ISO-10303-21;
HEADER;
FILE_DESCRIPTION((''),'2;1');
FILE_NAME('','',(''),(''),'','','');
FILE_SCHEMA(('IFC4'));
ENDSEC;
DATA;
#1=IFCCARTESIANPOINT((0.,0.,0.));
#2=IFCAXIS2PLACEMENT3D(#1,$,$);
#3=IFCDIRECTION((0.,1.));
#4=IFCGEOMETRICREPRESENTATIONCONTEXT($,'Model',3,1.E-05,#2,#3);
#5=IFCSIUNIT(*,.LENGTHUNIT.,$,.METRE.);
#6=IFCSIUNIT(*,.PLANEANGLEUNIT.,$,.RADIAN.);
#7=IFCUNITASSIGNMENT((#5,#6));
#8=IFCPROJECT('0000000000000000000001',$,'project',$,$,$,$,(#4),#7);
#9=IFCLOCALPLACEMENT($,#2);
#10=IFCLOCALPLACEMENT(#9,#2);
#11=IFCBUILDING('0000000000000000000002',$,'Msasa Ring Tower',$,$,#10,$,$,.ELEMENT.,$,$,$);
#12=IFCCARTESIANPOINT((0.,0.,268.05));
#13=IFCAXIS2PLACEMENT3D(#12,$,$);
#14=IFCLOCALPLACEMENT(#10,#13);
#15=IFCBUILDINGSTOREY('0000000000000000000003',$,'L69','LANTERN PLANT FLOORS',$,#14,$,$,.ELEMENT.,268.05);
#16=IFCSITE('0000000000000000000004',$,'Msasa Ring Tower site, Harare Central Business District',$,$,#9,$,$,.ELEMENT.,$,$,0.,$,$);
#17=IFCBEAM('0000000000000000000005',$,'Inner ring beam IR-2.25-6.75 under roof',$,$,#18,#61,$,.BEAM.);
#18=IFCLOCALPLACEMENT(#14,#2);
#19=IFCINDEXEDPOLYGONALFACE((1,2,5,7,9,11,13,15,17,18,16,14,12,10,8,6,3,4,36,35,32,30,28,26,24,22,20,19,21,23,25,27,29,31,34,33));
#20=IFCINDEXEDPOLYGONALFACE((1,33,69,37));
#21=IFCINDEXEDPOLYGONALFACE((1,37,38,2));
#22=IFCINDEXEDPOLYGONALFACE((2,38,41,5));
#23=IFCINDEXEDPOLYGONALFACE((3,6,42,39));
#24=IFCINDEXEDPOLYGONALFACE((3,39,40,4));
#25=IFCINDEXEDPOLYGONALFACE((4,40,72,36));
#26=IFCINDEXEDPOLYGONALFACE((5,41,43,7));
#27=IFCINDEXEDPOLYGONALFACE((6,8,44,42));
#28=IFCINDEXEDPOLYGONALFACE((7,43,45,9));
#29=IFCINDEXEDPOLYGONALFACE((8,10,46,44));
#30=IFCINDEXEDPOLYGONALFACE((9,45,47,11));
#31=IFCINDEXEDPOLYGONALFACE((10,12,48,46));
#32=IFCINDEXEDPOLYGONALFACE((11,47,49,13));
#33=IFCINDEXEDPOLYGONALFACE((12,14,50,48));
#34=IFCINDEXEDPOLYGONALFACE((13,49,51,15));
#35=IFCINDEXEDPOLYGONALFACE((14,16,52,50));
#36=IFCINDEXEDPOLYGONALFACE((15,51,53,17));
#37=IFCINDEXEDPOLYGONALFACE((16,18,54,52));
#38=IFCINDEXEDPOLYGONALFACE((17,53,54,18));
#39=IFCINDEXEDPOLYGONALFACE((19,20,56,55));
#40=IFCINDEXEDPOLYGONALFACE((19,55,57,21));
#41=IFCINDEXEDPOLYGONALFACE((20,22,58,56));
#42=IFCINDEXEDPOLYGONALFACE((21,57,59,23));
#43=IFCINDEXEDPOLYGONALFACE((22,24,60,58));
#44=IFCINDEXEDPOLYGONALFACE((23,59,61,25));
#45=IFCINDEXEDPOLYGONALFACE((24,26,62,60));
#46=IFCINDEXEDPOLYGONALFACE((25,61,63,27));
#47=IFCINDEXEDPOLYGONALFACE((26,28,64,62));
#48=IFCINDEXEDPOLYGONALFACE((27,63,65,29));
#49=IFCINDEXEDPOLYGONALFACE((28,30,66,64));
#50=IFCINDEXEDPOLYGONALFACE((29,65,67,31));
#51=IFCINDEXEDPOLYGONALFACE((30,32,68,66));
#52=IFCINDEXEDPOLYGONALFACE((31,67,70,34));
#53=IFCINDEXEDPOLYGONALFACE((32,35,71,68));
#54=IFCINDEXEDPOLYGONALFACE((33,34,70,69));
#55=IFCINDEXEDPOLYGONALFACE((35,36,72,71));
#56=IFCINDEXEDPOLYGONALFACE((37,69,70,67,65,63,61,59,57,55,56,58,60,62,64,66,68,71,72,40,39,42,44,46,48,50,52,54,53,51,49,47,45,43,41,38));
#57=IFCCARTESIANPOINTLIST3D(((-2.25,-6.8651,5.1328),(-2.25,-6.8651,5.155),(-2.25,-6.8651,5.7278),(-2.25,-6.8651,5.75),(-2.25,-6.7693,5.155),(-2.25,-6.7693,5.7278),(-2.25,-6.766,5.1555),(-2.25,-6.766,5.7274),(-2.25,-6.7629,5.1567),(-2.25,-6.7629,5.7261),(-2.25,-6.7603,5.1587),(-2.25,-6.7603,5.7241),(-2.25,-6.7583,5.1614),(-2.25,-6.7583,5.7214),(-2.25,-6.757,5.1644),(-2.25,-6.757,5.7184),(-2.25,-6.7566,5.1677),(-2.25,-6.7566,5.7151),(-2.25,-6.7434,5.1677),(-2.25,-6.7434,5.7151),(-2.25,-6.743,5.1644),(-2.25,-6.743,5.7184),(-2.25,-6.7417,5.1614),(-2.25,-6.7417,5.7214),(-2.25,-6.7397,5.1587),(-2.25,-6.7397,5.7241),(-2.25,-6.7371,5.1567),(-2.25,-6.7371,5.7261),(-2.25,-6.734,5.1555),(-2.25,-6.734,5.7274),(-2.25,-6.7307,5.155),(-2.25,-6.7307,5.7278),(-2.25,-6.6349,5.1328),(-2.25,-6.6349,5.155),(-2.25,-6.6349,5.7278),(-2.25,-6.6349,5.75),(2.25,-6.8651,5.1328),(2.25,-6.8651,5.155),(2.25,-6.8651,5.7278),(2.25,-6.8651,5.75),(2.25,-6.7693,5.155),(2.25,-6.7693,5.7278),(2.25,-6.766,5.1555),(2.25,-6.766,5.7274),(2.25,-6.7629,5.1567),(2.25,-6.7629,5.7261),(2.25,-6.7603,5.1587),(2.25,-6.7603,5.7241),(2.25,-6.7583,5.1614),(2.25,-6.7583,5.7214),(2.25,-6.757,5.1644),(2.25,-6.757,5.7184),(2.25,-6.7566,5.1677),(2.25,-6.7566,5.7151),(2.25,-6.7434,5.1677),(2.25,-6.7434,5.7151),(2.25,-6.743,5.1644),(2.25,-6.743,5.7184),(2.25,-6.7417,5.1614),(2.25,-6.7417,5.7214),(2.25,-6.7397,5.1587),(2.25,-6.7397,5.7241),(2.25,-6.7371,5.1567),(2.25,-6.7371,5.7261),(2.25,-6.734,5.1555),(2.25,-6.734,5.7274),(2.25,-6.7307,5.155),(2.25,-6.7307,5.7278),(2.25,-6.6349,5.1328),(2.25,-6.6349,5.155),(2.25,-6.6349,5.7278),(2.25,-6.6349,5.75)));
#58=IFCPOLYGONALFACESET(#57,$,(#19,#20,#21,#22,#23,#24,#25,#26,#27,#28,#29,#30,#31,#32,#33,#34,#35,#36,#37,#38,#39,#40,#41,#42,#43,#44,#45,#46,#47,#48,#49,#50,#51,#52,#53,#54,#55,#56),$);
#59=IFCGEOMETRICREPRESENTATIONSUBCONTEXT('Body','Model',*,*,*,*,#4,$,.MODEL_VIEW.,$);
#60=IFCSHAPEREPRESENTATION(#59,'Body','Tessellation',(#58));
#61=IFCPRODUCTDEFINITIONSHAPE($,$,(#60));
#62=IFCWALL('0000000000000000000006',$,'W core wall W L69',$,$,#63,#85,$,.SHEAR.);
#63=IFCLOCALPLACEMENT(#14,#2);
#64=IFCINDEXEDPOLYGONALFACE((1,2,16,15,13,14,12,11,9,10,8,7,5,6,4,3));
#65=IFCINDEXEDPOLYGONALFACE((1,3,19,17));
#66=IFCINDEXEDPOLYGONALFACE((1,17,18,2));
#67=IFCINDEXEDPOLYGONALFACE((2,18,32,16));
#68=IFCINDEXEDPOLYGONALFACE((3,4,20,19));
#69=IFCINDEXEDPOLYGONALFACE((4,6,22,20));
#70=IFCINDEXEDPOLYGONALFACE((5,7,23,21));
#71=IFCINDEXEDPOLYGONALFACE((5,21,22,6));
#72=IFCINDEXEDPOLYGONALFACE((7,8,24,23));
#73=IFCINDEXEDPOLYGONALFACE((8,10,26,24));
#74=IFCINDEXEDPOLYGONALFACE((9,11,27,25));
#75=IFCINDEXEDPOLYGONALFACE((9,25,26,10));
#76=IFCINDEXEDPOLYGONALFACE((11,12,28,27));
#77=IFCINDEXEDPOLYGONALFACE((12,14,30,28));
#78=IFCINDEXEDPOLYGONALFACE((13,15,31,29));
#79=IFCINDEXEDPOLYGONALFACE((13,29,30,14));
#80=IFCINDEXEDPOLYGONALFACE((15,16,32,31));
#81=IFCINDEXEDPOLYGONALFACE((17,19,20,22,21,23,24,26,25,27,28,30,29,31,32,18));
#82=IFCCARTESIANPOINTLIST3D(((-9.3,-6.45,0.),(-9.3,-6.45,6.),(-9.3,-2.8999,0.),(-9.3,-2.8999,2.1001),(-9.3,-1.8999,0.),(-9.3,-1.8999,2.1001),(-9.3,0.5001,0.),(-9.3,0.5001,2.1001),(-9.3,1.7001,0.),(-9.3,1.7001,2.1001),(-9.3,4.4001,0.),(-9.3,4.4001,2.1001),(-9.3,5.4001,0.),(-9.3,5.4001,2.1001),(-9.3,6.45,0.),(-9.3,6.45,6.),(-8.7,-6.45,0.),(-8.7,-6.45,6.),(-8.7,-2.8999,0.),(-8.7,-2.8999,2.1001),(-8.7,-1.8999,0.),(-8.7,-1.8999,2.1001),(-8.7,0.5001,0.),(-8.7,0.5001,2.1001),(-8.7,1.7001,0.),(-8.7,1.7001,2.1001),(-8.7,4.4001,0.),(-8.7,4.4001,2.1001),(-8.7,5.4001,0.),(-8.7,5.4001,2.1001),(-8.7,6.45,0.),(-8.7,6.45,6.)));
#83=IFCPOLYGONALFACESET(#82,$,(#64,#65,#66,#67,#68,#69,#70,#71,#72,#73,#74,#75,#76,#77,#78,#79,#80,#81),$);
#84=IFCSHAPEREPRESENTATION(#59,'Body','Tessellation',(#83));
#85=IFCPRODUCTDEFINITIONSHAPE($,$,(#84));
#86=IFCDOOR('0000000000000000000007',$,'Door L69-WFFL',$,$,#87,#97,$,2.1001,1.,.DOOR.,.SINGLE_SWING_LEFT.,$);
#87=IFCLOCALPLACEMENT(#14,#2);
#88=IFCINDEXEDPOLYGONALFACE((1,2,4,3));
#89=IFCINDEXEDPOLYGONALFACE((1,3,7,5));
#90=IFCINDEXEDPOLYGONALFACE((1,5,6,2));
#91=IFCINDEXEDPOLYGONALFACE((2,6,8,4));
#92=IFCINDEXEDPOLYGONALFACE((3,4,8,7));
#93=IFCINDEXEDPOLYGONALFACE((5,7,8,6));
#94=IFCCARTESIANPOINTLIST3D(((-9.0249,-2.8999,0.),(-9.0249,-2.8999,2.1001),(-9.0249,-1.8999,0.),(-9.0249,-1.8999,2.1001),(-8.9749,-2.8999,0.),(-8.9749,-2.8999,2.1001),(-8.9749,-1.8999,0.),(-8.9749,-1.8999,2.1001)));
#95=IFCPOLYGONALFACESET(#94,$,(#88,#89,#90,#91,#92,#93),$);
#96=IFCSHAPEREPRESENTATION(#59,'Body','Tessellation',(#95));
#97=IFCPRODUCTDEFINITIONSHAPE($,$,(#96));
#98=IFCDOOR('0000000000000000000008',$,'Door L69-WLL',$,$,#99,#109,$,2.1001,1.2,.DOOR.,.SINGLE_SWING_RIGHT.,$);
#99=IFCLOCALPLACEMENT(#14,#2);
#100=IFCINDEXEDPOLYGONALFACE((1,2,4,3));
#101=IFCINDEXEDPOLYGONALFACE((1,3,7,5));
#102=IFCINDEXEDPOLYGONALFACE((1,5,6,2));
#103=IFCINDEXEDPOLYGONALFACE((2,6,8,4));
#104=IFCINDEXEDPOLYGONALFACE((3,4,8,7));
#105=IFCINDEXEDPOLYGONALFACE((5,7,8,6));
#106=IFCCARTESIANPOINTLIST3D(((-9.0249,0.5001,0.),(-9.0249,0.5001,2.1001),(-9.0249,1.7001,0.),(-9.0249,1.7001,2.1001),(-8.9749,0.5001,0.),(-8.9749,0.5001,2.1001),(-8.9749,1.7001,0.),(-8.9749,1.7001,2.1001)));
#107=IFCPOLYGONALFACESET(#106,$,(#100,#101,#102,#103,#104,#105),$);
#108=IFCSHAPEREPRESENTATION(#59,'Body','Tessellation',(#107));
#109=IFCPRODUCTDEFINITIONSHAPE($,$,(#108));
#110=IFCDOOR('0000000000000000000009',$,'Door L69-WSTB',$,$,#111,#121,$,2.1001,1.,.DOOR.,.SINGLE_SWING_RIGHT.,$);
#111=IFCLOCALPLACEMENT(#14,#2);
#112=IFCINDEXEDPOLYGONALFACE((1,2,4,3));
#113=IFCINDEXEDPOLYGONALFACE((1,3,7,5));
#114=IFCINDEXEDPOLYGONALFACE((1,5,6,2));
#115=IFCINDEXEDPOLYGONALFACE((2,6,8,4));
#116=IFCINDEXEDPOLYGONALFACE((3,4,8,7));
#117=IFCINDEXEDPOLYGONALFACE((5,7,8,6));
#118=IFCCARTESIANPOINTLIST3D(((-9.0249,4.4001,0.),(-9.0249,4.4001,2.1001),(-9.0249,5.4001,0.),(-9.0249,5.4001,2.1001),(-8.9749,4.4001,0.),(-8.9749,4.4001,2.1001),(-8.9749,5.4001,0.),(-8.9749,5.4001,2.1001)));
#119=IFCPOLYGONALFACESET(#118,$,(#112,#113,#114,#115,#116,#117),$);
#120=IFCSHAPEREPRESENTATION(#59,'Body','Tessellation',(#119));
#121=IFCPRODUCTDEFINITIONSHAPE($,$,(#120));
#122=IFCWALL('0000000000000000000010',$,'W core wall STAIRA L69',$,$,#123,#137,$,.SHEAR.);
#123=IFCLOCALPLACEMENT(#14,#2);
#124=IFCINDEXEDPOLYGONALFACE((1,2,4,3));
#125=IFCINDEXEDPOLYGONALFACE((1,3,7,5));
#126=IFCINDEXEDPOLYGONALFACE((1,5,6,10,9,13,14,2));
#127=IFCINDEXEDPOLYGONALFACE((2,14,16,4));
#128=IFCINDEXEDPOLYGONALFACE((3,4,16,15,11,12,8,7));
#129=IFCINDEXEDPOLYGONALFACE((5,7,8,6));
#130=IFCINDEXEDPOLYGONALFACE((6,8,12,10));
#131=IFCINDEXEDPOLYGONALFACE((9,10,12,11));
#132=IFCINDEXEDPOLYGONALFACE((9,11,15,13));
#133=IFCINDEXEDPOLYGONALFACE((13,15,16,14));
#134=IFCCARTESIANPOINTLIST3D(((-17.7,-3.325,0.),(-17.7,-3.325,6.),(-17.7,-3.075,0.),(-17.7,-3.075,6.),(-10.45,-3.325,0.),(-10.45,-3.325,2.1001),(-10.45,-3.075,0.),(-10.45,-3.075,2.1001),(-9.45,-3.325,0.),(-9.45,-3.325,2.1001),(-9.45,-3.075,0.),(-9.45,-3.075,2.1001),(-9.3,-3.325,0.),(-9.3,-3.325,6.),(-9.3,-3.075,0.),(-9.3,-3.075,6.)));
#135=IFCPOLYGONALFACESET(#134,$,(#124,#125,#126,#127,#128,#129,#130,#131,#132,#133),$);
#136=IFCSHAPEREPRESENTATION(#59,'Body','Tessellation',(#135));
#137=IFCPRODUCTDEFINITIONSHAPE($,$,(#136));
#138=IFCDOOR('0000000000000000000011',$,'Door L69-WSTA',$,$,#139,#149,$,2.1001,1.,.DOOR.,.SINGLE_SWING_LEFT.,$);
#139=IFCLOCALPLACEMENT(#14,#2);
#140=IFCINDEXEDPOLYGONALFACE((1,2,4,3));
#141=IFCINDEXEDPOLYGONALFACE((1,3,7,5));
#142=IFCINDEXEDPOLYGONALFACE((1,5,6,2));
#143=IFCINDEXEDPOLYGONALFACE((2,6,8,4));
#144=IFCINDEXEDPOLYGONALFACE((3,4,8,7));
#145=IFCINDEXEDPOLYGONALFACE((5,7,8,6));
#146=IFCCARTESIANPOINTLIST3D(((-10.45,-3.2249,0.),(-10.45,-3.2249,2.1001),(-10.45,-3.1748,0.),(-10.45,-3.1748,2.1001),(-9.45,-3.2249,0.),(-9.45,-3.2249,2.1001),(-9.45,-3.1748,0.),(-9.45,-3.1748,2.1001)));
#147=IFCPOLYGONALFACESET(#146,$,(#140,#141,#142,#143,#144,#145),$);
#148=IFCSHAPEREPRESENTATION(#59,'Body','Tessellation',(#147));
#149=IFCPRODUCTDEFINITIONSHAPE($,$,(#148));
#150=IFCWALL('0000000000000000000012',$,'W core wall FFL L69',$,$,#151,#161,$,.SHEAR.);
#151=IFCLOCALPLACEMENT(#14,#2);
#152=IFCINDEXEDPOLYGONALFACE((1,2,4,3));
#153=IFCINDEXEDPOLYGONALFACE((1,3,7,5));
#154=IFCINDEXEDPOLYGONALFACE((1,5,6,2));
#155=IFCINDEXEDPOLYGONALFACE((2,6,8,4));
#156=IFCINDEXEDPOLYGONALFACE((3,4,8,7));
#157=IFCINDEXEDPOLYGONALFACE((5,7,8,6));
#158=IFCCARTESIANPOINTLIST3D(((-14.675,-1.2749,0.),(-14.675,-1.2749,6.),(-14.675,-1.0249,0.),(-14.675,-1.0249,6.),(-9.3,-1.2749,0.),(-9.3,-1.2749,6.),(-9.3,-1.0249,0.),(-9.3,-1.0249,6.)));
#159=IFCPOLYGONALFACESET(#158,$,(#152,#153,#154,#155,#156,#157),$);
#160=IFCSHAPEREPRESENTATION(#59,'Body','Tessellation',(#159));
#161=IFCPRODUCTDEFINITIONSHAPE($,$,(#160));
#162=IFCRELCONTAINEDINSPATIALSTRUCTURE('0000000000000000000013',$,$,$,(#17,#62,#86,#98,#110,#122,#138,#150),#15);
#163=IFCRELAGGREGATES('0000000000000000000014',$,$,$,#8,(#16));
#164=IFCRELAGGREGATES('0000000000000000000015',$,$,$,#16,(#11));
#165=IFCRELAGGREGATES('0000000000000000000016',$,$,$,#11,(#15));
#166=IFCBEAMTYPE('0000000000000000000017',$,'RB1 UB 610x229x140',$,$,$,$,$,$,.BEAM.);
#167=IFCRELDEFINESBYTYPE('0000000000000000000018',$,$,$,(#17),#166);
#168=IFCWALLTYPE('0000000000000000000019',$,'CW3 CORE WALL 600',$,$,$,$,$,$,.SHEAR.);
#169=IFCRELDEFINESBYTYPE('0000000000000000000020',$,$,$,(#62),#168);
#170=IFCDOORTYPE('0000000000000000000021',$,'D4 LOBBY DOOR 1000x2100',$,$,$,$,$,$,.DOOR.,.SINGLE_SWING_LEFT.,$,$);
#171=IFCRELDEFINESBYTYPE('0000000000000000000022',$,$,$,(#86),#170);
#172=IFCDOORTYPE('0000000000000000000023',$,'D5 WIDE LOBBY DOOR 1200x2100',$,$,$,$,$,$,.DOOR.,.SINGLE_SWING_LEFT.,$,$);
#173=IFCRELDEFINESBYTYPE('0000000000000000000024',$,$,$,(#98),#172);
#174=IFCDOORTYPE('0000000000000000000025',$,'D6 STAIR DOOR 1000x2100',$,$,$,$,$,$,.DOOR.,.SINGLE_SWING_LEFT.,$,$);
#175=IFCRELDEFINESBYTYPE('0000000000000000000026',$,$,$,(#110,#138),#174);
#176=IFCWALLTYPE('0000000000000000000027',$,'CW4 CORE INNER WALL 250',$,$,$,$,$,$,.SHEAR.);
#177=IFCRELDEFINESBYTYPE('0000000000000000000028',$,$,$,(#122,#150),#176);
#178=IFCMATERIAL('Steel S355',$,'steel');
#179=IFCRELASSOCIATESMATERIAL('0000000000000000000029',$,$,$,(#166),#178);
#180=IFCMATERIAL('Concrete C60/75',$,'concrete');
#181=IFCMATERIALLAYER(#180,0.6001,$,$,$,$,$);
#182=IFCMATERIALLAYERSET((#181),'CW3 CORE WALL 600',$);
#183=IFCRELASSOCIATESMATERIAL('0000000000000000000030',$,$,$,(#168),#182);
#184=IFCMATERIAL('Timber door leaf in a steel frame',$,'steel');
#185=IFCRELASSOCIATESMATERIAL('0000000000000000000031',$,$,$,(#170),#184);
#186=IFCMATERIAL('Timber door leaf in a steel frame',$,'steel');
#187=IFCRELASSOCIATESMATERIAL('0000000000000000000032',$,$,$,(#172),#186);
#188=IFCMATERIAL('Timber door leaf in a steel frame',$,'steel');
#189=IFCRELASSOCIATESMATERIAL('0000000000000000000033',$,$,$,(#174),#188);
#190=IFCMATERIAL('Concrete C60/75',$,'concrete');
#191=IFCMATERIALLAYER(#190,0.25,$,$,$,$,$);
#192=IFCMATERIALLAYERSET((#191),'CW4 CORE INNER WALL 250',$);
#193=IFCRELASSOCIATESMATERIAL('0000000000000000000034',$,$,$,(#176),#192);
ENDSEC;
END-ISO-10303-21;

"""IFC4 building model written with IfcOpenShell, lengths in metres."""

from ifc_helpers import new_model, si_unit, direction, frame, frame_2d, origin, origin_2d, place, context, subcontext, project, spatial, rectangle, i_section, extrude, material, layer, layer_set, material_profile, profile_set, type_object, element, fill, save


model = new_model("IFC4")

# Units and contexts
model_context = context("Model", 3, precision=1e-05, world=origin(), true_north=direction((0.0, 1.0)))
body_context = subcontext(model_context, "Body", "Model", "MODEL_VIEW")
ifc_project = project(units=[si_unit("LENGTHUNIT", "METRE"), si_unit("PLANEANGLEUNIT", "RADIAN")], contexts=[model_context])

# Site, building, storey
site_placement = place(None, origin())
site = spatial("IfcSite", under=ifc_project, at=site_placement, Name="Msasa Ring Tower site, Harare Central Business District", CompositionType="ELEMENT", RefElevation=0.0)
building_placement = place(site_placement, origin())
building = spatial("IfcBuilding", under=site, at=building_placement, Name="Msasa Ring Tower", CompositionType="ELEMENT")
storey_placement = place(building_placement, frame((0.0, 0.0, 268.05)))
storey = spatial("IfcBuildingStorey", under=building, at=storey_placement, Name="L69", Description="LANTERN PLANT FLOORS", CompositionType="ELEMENT", Elevation=268.05)

# Beam
ifc_material_1 = material(Name="Steel S355", Category="steel")
ifc_material_profile_1 = material_profile(ifc_material_1, i_section(OverallWidth=0.2302, OverallDepth=0.6172, WebThickness=0.0132, FlangeThickness=0.0222, FilletRadius=0.0127, at=origin_2d()), Name="UB 610x229x140")
ifc_profile_set_1 = profile_set([ifc_material_profile_1], Name="Steel S355")
beam_type_1 = type_object("IfcBeamType", Name="RB1 UB 610x229x140", PredefinedType="BEAM", material=ifc_profile_set_1)
for number, where, z_axis, x_axis, name in (
    (1, (-2.25, -6.75, 5.4414), (1.0, 0.0, 0.0), (0.0, 1.0, 0.0), "Inner ring beam IR-2.25-6.75 under roof"),
):
    element("IfcBeam", number, at=place(storey_placement, frame(where, z_axis=z_axis, x_axis=x_axis)), inside=storey, type_object=beam_type_1, Name=name, PredefinedType="BEAM", context=body_context, shape_type="SweptSolid", body=[
        extrude(i_section(OverallWidth=0.2302, OverallDepth=0.6172, WebThickness=0.0132, FlangeThickness=0.0222, FilletRadius=0.0127, at=origin_2d()), origin(), (0.0, 0.0, 1.0), 4.5),
    ])

# Wall, openings, doors
ifc_material_2 = material(Name="Concrete C60/75", Category="concrete")
ifc_layer_1 = layer(ifc_material_2, 0.6001)
ifc_layer_set_1 = layer_set([ifc_layer_1], Name="CW3 CORE WALL 600")
wall_type_1 = type_object("IfcWallType", Name="CW3 CORE WALL 600", PredefinedType="SHEAR", material=ifc_layer_set_1)
wall_1_placement = place(storey_placement, frame((-9.0, -6.45, 0.0), z_axis=(0.0, 0.0, 1.0), x_axis=(0.0, 1.0, 0.0)))
wall_1 = element("IfcWall", 2, at=wall_1_placement, inside=storey, type_object=wall_type_1, Name="W core wall W L69", PredefinedType="SHEAR", context=body_context, shape_type="SweptSolid", body=[
    extrude(rectangle(XDim=12.8999, YDim=0.6001, at=frame_2d((6.45, 0.0))), origin(), (0.0, 0.0, 1.0), 6.0),
])
opening_1_placement = place(wall_1_placement, frame((3.55, 0.0, 0.0)))
opening_1 = element("IfcOpeningElement", 3, at=opening_1_placement, cuts=wall_1, PredefinedType="OPENING", context=body_context, shape_type="SweptSolid", body=[
    extrude(rectangle(XDim=1.0, YDim=2.1001, at=frame_2d((0.5, 1.05))), frame((0.0, 0.3101, 0.0), z_axis=(0.0, -1.0, 0.0), x_axis=(1.0, 0.0, 0.0)), (0.0, 0.0, 1.0), 0.6201),
])
opening_2_placement = place(wall_1_placement, frame((6.95, 0.0, 0.0)))
opening_2 = element("IfcOpeningElement", 4, at=opening_2_placement, cuts=wall_1, PredefinedType="OPENING", context=body_context, shape_type="SweptSolid", body=[
    extrude(rectangle(XDim=1.2, YDim=2.1001, at=frame_2d((0.6001, 1.05))), frame((0.0, 0.3101, 0.0), z_axis=(0.0, -1.0, 0.0), x_axis=(1.0, 0.0, 0.0)), (0.0, 0.0, 1.0), 0.6201),
])
opening_3_placement = place(wall_1_placement, frame((10.8501, 0.0, 0.0)))
opening_3 = element("IfcOpeningElement", 5, at=opening_3_placement, cuts=wall_1, PredefinedType="OPENING", context=body_context, shape_type="SweptSolid", body=[
    extrude(rectangle(XDim=1.0, YDim=2.1001, at=frame_2d((0.5, 1.05))), frame((0.0, 0.3101, 0.0), z_axis=(0.0, -1.0, 0.0), x_axis=(1.0, 0.0, 0.0)), (0.0, 0.0, 1.0), 0.6201),
])
ifc_material_3 = material(Name="Timber door leaf in a steel frame", Category="steel")
door_type_1 = type_object("IfcDoorType", Name="D4 LOBBY DOOR 1000x2100", OperationType="SINGLE_SWING_LEFT", PredefinedType="DOOR", material=ifc_material_3)
door_1_placement = place(opening_1_placement, origin())
door_1 = element("IfcDoor", 6, at=door_1_placement, inside=storey, type_object=door_type_1, Name="Door L69-WFFL", OperationType="SINGLE_SWING_LEFT", OverallHeight=2.1001, OverallWidth=1.0, PredefinedType="DOOR", context=body_context, shape_type="SweptSolid", body=[
    extrude(rectangle(XDim=1.0, YDim=2.1001, at=frame_2d((0.5, 1.05))), frame((0.0, 0.0249, 0.0), z_axis=(0.0, -1.0, 0.0), x_axis=(1.0, 0.0, 0.0)), (0.0, 0.0, 1.0), 0.05),
])
fill(opening_1, door_1)
ifc_material_4 = material(Name="Timber door leaf in a steel frame", Category="steel")
door_type_2 = type_object("IfcDoorType", Name="D5 WIDE LOBBY DOOR 1200x2100", OperationType="SINGLE_SWING_LEFT", PredefinedType="DOOR", material=ifc_material_4)
door_2_placement = place(opening_2_placement, origin())
door_2 = element("IfcDoor", 7, at=door_2_placement, inside=storey, type_object=door_type_2, Name="Door L69-WLL", OperationType="SINGLE_SWING_RIGHT", OverallHeight=2.1001, OverallWidth=1.2, PredefinedType="DOOR", context=body_context, shape_type="SweptSolid", body=[
    extrude(rectangle(XDim=1.2, YDim=2.1001, at=frame_2d((0.6001, 1.05))), frame((0.0, 0.0249, 0.0), z_axis=(0.0, -1.0, 0.0), x_axis=(1.0, 0.0, 0.0)), (0.0, 0.0, 1.0), 0.05),
])
fill(opening_2, door_2)
ifc_material_5 = material(Name="Timber door leaf in a steel frame", Category="steel")
door_type_3 = type_object("IfcDoorType", Name="D6 STAIR DOOR 1000x2100", OperationType="SINGLE_SWING_LEFT", PredefinedType="DOOR", material=ifc_material_5)
door_3_placement = place(opening_3_placement, origin())
door_3 = element("IfcDoor", 8, at=door_3_placement, inside=storey, type_object=door_type_3, Name="Door L69-WSTB", OperationType="SINGLE_SWING_RIGHT", OverallHeight=2.1001, OverallWidth=1.0, PredefinedType="DOOR", context=body_context, shape_type="SweptSolid", body=[
    extrude(rectangle(XDim=1.0, YDim=2.1001, at=frame_2d((0.5, 1.05))), frame((0.0, 0.0249, 0.0), z_axis=(0.0, -1.0, 0.0), x_axis=(1.0, 0.0, 0.0)), (0.0, 0.0, 1.0), 0.05),
])
fill(opening_3, door_3)

# Wall, opening, door
ifc_material_6 = material(Name="Concrete C60/75", Category="concrete")
ifc_layer_2 = layer(ifc_material_6, 0.25)
ifc_layer_set_2 = layer_set([ifc_layer_2], Name="CW4 CORE INNER WALL 250")
wall_type_2 = type_object("IfcWallType", Name="CW4 CORE INNER WALL 250", PredefinedType="SHEAR", material=ifc_layer_set_2)
wall_2_placement = place(storey_placement, frame((-9.3, -3.2, 0.0), z_axis=(0.0, 0.0, 1.0), x_axis=(-1.0, 0.0, 0.0)))
wall_2 = element("IfcWall", 9, at=wall_2_placement, inside=storey, type_object=wall_type_2, Name="W core wall STAIRA L69", PredefinedType="SHEAR", context=body_context, shape_type="SweptSolid", body=[
    extrude(rectangle(XDim=8.3999, YDim=0.25, at=frame_2d((4.2, 0.0))), origin(), (0.0, 0.0, 1.0), 6.0),
])
opening_4_placement = place(wall_2_placement, frame((0.1499, 0.0, 0.0)))
opening_4 = element("IfcOpeningElement", 10, at=opening_4_placement, cuts=wall_2, PredefinedType="OPENING", context=body_context, shape_type="SweptSolid", body=[
    extrude(rectangle(XDim=1.0, YDim=2.1001, at=frame_2d((0.5, 1.05))), frame((0.0, 0.135, 0.0), z_axis=(0.0, -1.0, 0.0), x_axis=(1.0, 0.0, 0.0)), (0.0, 0.0, 1.0), 0.27),
])
door_4_placement = place(opening_4_placement, origin())
door_4 = element("IfcDoor", 11, at=door_4_placement, inside=storey, type_object=door_type_3, Name="Door L69-WSTA", OperationType="SINGLE_SWING_LEFT", OverallHeight=2.1001, OverallWidth=1.0, PredefinedType="DOOR", context=body_context, shape_type="SweptSolid", body=[
    extrude(rectangle(XDim=1.0, YDim=2.1001, at=frame_2d((0.5, 1.05))), frame((0.0, 0.0249, 0.0), z_axis=(0.0, -1.0, 0.0), x_axis=(1.0, 0.0, 0.0)), (0.0, 0.0, 1.0), 0.05),
])
fill(opening_4, door_4)

# Wall
wall_3_placement = place(storey_placement, frame((-9.3, -1.1499, 0.0), z_axis=(0.0, 0.0, 1.0), x_axis=(-1.0, 0.0, 0.0)))
element("IfcWall", 12, at=wall_3_placement, inside=storey, type_object=wall_type_2, Name="W core wall FFL L69", PredefinedType="SHEAR", context=body_context, shape_type="SweptSolid", body=[
    extrude(rectangle(XDim=5.375, YDim=0.25, at=frame_2d((2.6875, 0.0))), origin(), (0.0, 0.0, 1.0), 6.0),
])

save(model, "model.ifc")
